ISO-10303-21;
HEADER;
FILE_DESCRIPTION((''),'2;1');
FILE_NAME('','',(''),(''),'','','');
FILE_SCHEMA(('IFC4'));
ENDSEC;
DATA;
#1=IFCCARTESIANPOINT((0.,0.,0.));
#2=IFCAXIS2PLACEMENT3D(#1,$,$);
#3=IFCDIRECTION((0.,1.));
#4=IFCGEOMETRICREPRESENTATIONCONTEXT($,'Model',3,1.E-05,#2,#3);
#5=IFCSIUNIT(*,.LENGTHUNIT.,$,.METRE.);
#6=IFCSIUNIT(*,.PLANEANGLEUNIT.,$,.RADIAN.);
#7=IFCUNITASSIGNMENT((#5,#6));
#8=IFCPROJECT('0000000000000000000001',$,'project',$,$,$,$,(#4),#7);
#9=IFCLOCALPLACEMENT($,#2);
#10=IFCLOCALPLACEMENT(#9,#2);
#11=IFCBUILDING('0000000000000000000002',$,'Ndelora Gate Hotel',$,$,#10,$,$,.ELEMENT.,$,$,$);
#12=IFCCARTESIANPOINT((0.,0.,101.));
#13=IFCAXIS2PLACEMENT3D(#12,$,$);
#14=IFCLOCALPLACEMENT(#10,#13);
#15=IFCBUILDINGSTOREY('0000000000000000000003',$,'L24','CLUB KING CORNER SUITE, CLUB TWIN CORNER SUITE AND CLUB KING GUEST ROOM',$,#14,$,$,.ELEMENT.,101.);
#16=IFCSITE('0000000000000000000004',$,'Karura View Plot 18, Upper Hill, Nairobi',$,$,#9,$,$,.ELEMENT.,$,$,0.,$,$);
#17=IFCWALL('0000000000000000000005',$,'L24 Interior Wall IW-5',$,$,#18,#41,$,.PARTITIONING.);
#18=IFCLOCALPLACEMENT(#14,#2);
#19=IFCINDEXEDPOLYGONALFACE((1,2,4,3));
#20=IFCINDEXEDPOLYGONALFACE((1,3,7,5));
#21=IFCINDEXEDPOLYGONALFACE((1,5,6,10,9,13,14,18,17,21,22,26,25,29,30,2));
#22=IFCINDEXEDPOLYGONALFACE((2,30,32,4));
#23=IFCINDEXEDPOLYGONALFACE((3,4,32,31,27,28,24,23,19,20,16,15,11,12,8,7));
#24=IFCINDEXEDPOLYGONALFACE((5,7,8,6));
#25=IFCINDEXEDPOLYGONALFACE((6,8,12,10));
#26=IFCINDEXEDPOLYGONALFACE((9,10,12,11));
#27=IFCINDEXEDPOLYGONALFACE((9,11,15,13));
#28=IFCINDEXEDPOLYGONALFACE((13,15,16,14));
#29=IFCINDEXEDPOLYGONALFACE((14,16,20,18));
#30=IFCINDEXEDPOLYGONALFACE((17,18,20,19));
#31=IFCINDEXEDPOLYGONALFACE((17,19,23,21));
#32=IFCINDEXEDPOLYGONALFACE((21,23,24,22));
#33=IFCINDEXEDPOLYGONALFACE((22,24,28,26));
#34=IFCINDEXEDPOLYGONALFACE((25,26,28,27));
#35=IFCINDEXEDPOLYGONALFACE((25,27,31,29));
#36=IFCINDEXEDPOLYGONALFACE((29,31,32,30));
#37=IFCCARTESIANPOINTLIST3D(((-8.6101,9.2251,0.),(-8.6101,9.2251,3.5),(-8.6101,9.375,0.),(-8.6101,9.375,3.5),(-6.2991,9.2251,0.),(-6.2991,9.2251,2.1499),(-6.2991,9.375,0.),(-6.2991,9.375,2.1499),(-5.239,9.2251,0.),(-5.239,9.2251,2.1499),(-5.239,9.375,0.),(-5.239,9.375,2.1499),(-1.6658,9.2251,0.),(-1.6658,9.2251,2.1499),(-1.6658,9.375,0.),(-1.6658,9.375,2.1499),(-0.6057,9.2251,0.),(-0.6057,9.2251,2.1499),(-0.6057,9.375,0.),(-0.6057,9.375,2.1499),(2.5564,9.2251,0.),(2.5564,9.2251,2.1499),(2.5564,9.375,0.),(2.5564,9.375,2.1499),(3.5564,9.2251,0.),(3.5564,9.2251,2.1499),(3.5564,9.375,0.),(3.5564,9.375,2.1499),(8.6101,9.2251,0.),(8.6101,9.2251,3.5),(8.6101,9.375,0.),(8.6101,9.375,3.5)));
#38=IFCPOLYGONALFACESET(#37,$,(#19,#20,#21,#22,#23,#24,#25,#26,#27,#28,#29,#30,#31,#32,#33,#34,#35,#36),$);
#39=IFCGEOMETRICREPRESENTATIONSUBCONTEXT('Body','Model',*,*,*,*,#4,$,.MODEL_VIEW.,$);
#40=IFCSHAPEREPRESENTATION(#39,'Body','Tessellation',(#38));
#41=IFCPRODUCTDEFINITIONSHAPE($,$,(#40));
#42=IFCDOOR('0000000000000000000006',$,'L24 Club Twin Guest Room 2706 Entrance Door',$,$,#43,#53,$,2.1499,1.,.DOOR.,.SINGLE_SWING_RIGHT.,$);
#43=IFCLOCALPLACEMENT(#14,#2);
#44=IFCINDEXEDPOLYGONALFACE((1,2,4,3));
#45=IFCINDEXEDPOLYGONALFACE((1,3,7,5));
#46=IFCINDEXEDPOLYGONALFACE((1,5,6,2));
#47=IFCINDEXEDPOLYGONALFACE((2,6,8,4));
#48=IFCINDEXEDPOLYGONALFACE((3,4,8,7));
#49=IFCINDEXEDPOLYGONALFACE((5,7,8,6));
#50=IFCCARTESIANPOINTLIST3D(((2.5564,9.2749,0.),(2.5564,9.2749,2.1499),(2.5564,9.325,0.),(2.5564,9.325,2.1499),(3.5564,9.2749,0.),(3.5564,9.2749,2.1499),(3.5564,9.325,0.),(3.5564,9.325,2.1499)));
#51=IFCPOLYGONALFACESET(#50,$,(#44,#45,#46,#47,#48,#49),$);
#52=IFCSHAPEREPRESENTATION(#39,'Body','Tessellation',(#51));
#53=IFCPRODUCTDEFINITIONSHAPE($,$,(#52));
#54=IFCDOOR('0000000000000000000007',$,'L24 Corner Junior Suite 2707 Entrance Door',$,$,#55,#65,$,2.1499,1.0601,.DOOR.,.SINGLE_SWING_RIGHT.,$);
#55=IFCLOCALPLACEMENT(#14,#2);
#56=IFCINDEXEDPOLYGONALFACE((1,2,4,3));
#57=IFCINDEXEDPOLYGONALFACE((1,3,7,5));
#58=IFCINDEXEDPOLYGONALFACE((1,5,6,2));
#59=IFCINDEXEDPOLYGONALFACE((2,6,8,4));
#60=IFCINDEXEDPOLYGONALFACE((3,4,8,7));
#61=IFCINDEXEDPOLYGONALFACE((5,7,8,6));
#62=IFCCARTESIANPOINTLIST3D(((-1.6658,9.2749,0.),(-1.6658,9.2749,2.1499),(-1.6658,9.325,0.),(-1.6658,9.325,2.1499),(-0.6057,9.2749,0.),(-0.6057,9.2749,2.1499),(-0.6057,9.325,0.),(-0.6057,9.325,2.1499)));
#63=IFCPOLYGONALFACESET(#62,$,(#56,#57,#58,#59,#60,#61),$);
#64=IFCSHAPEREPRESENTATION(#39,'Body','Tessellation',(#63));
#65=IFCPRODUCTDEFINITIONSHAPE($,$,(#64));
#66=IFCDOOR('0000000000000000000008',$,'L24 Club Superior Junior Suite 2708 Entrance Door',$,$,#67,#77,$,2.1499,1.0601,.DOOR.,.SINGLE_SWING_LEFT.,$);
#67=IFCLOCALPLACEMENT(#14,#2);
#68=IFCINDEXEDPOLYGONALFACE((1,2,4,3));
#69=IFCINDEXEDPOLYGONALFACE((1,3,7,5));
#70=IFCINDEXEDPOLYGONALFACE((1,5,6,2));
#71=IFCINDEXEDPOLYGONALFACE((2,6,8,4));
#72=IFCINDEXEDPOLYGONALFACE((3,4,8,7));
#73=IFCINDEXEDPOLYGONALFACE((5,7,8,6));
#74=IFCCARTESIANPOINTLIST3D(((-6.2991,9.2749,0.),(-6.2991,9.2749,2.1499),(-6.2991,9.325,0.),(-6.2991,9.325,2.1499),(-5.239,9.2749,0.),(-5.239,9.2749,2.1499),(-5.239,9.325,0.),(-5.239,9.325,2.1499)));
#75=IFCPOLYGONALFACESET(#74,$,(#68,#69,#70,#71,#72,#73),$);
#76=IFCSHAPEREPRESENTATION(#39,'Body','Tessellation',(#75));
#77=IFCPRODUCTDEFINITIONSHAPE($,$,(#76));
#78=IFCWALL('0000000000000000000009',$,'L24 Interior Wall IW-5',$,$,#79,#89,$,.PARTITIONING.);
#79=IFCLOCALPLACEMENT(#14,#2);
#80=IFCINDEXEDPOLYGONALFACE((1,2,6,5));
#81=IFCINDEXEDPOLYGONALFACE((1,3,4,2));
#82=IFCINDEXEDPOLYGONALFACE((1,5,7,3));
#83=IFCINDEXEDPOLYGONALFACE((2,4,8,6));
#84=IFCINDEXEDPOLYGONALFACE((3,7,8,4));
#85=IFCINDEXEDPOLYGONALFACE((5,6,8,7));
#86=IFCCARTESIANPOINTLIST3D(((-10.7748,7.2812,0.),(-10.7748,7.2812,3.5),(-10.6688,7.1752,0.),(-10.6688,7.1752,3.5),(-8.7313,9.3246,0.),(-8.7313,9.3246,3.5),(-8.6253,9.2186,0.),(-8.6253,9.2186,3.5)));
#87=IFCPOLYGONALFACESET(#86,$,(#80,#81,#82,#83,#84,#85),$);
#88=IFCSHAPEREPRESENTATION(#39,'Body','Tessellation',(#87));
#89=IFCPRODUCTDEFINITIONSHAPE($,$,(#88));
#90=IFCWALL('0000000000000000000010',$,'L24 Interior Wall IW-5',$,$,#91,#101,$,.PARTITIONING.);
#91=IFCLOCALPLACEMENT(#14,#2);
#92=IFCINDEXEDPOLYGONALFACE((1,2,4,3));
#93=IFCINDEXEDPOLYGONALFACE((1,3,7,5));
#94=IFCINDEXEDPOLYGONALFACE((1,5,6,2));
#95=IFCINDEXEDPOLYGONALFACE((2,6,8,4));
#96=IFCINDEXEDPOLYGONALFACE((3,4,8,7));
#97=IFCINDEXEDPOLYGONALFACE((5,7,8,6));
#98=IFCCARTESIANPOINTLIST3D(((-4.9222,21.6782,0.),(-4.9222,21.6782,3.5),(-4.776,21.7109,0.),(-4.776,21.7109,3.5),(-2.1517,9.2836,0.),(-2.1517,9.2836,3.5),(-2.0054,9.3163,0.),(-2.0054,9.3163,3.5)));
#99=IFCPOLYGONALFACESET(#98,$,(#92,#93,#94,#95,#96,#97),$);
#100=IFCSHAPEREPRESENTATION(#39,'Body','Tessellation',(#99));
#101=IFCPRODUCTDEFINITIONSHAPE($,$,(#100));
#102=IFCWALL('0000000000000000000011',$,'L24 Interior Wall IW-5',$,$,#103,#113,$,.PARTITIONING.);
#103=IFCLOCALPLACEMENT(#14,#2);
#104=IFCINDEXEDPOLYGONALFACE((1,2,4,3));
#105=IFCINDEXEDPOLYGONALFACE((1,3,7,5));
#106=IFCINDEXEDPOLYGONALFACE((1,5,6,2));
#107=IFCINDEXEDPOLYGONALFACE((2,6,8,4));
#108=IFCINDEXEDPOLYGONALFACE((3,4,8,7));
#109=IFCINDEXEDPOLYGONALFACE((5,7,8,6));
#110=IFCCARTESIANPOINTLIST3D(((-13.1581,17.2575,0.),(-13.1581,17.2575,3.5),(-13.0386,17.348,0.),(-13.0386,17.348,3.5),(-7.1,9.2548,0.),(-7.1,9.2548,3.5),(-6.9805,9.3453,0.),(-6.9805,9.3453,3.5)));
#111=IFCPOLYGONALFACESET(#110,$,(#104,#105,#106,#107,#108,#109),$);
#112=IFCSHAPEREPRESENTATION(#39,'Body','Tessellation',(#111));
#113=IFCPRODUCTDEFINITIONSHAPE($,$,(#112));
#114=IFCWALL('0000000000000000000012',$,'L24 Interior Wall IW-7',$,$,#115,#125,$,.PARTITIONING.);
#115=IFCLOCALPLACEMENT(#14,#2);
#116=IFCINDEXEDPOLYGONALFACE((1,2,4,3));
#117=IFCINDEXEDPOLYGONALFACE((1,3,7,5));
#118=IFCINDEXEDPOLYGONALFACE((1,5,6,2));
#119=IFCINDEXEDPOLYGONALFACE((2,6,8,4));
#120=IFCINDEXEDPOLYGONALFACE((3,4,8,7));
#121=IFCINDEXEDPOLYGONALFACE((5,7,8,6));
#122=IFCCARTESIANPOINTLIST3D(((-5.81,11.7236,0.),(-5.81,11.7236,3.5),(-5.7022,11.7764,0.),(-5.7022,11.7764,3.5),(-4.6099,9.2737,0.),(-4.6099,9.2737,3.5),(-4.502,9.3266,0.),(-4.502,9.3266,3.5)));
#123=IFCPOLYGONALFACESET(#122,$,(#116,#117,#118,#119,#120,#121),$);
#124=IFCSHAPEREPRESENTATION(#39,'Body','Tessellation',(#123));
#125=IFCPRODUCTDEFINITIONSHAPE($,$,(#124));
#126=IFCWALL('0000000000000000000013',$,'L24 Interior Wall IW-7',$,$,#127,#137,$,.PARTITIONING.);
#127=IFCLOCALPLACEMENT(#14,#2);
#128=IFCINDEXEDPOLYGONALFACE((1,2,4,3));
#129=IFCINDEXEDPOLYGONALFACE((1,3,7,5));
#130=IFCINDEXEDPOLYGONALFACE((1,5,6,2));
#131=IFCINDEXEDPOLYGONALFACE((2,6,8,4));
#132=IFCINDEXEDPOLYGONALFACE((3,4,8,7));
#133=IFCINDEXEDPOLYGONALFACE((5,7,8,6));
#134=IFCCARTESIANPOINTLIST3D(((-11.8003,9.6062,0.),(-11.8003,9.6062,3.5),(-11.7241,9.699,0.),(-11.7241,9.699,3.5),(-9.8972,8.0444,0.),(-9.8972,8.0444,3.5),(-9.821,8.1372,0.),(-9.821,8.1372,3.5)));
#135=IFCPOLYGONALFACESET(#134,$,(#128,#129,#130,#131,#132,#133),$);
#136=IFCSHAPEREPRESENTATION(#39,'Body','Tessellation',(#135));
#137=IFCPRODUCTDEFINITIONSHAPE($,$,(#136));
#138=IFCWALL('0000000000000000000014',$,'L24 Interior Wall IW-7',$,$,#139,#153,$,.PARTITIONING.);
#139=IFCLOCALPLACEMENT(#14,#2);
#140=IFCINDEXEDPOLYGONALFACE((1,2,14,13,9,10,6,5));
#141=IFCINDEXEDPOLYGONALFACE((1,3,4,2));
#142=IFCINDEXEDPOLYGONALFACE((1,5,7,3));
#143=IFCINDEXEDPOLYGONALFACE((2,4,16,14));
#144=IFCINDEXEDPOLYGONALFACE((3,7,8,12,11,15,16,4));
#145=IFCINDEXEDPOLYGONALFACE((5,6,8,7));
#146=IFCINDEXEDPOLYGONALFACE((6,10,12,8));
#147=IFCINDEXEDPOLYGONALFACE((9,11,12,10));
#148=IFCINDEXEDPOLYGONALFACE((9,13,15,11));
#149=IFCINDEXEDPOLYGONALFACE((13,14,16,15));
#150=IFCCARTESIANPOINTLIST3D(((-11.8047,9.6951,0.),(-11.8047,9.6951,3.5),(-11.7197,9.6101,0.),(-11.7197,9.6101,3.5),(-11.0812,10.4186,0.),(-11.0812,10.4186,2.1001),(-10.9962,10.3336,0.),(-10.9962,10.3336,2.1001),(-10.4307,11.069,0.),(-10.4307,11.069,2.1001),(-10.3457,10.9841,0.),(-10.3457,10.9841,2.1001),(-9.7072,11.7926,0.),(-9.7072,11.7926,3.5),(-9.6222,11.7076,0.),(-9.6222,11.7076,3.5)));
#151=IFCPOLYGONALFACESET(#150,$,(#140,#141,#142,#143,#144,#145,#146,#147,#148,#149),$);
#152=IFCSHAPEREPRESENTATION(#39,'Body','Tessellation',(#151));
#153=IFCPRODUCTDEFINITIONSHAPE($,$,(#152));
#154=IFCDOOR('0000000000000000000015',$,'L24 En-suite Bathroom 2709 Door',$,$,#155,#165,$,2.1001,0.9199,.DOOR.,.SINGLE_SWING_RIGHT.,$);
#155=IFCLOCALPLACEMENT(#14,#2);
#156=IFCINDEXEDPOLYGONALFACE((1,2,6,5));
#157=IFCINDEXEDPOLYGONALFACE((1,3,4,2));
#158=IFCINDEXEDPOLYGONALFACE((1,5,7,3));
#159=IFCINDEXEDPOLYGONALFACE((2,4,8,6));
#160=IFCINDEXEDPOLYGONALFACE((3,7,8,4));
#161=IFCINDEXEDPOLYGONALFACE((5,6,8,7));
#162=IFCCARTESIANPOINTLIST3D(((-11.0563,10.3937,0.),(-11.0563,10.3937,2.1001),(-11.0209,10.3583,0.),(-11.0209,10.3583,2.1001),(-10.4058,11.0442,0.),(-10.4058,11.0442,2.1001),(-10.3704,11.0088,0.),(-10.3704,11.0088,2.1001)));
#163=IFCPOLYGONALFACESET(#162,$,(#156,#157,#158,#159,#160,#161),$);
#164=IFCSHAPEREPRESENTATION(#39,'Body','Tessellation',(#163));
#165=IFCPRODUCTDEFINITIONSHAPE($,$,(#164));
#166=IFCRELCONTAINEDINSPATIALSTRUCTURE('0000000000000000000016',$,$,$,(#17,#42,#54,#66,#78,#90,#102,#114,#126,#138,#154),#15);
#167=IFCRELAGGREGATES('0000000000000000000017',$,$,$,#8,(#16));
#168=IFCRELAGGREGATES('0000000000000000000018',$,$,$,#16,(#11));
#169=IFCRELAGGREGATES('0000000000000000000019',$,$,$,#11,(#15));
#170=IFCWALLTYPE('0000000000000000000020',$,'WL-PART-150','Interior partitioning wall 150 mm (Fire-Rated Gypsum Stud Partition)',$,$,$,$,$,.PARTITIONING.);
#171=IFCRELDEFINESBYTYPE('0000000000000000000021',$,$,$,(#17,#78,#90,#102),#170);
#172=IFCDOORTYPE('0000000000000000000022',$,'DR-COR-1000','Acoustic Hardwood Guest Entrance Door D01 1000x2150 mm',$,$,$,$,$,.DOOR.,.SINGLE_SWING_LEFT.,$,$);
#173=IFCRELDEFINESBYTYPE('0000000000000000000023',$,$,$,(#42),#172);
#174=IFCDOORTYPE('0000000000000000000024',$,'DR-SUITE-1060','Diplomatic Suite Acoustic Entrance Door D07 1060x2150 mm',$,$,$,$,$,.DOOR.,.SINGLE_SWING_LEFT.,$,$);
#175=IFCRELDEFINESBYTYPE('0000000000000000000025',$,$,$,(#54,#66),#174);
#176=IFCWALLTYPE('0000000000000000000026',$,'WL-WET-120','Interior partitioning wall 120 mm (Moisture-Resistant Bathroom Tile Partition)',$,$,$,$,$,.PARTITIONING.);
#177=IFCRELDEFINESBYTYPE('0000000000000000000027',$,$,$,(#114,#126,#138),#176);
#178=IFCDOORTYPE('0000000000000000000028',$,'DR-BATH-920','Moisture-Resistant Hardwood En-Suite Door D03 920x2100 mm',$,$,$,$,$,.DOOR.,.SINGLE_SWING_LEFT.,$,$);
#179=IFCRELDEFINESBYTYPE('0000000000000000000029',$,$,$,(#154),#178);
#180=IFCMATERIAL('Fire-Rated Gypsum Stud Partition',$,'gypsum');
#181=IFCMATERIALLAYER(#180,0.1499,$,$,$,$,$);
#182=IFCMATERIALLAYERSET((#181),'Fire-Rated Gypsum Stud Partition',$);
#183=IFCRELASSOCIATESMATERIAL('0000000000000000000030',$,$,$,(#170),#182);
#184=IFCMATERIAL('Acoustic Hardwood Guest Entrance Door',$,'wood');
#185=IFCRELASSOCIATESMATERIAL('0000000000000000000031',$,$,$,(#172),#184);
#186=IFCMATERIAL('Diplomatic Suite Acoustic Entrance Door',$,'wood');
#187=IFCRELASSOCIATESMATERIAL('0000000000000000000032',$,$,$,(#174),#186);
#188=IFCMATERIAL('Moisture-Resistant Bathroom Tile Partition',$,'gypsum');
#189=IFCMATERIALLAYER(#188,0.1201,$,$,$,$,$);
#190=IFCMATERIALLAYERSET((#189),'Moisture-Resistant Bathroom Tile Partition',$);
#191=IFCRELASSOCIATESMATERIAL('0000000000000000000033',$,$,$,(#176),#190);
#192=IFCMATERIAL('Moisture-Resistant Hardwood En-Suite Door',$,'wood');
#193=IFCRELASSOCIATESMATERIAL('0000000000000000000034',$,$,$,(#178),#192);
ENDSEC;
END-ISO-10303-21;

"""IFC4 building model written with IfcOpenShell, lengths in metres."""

from ifc_helpers import new_model, si_unit, direction, frame, frame_2d, origin, place, context, subcontext, project, spatial, rectangle, extrude, material, layer, layer_set, type_object, element, fill, save


model = new_model("IFC4")

# Units and contexts
model_context = context("Model", 3, precision=1e-05, world=origin(), true_north=direction((0.0, 1.0)))
body_context = subcontext(model_context, "Body", "Model", "MODEL_VIEW")
ifc_project = project(units=[si_unit("LENGTHUNIT", "METRE"), si_unit("PLANEANGLEUNIT", "RADIAN")], contexts=[model_context])

# Site, building, storey
site_placement = place(None, origin())
site = spatial("IfcSite", under=ifc_project, at=site_placement, Name="Karura View Plot 18, Upper Hill, Nairobi", CompositionType="ELEMENT", RefElevation=0.0)
building_placement = place(site_placement, origin())
building = spatial("IfcBuilding", under=site, at=building_placement, Name="Ndelora Gate Hotel", CompositionType="ELEMENT")
storey_placement = place(building_placement, frame((0.0, 0.0, 101.0)))
storey = spatial("IfcBuildingStorey", under=building, at=storey_placement, Name="L24", Description="CLUB KING CORNER SUITE, CLUB TWIN CORNER SUITE AND CLUB KING GUEST ROOM", CompositionType="ELEMENT", Elevation=101.0)

# Wall, openings, doors
ifc_material_1 = material(Name="Fire-Rated Gypsum Stud Partition", Category="gypsum")
ifc_layer_1 = layer(ifc_material_1, 0.1499)
ifc_layer_set_1 = layer_set([ifc_layer_1], Name="Fire-Rated Gypsum Stud Partition")
wall_type_1 = type_object("IfcWallType", Name="WL-PART-150", Description="Interior partitioning wall 150 mm (Fire-Rated Gypsum Stud Partition)", PredefinedType="PARTITIONING", material=ifc_layer_set_1)
wall_1_placement = place(storey_placement, frame((-8.6101, 9.3, 0.0), z_axis=(0.0, 0.0, 1.0), x_axis=(1.0, 0.0, 0.0)))
wall_1 = element("IfcWall", 1, at=wall_1_placement, inside=storey, type_object=wall_type_1, Name="L24 Interior Wall IW-5", PredefinedType="PARTITIONING", context=body_context, shape_type="SweptSolid", body=[
    extrude(rectangle(XDim=17.2202, YDim=0.1499, at=frame_2d((8.6101, 0.0))), origin(), (0.0, 0.0, 1.0), 3.5),
])
opening_1_placement = place(wall_1_placement, frame((11.1665, 0.0, 0.0)))
opening_1 = element("IfcOpeningElement", 2, at=opening_1_placement, cuts=wall_1, PredefinedType="OPENING", context=body_context, shape_type="SweptSolid", body=[
    extrude(rectangle(XDim=1.0, YDim=2.1499, at=frame_2d((0.5, 1.075))), frame((0.0, 0.085, 0.0), z_axis=(0.0, -1.0, 0.0), x_axis=(1.0, 0.0, 0.0)), (0.0, 0.0, 1.0), 0.1699),
])
opening_2_placement = place(wall_1_placement, frame((6.9443, 0.0, 0.0)))
opening_2 = element("IfcOpeningElement", 3, at=opening_2_placement, cuts=wall_1, PredefinedType="OPENING", context=body_context, shape_type="SweptSolid", body=[
    extrude(rectangle(XDim=1.0601, YDim=2.1499, at=frame_2d((0.53, 1.075))), frame((0.0, 0.085, 0.0), z_axis=(0.0, -1.0, 0.0), x_axis=(1.0, 0.0, 0.0)), (0.0, 0.0, 1.0), 0.1699),
])
opening_3_placement = place(wall_1_placement, frame((2.311, 0.0, 0.0)))
opening_3 = element("IfcOpeningElement", 4, at=opening_3_placement, cuts=wall_1, PredefinedType="OPENING", context=body_context, shape_type="SweptSolid", body=[
    extrude(rectangle(XDim=1.0601, YDim=2.1499, at=frame_2d((0.53, 1.075))), frame((0.0, 0.085, 0.0), z_axis=(0.0, -1.0, 0.0), x_axis=(1.0, 0.0, 0.0)), (0.0, 0.0, 1.0), 0.1699),
])
ifc_material_2 = material(Name="Acoustic Hardwood Guest Entrance Door", Category="wood")
door_type_1 = type_object("IfcDoorType", Name="DR-COR-1000", Description="Acoustic Hardwood Guest Entrance Door D01 1000x2150 mm", OperationType="SINGLE_SWING_LEFT", PredefinedType="DOOR", material=ifc_material_2)
door_1_placement = place(opening_1_placement, origin())
door_1 = element("IfcDoor", 5, at=door_1_placement, inside=storey, type_object=door_type_1, Name="L24 Club Twin Guest Room 2706 Entrance Door", OperationType="SINGLE_SWING_RIGHT", OverallHeight=2.1499, OverallWidth=1.0, PredefinedType="DOOR", context=body_context, shape_type="SweptSolid", body=[
    extrude(rectangle(XDim=1.0, YDim=2.1499, at=frame_2d((0.5, 1.075))), frame((0.0, 0.0249, 0.0), z_axis=(0.0, -1.0, 0.0), x_axis=(1.0, 0.0, 0.0)), (0.0, 0.0, 1.0), 0.05),
])
fill(opening_1, door_1)
ifc_material_3 = material(Name="Diplomatic Suite Acoustic Entrance Door", Category="wood")
door_type_2 = type_object("IfcDoorType", Name="DR-SUITE-1060", Description="Diplomatic Suite Acoustic Entrance Door D07 1060x2150 mm", OperationType="SINGLE_SWING_LEFT", PredefinedType="DOOR", material=ifc_material_3)
door_2_placement = place(opening_2_placement, origin())
door_2 = element("IfcDoor", 6, at=door_2_placement, inside=storey, type_object=door_type_2, Name="L24 Corner Junior Suite 2707 Entrance Door", OperationType="SINGLE_SWING_RIGHT", OverallHeight=2.1499, OverallWidth=1.0601, PredefinedType="DOOR", context=body_context, shape_type="SweptSolid", body=[
    extrude(rectangle(XDim=1.0601, YDim=2.1499, at=frame_2d((0.53, 1.075))), frame((0.0, 0.0249, 0.0), z_axis=(0.0, -1.0, 0.0), x_axis=(1.0, 0.0, 0.0)), (0.0, 0.0, 1.0), 0.05),
])
fill(opening_2, door_2)
door_3_placement = place(opening_3_placement, origin())
door_3 = element("IfcDoor", 7, at=door_3_placement, inside=storey, type_object=door_type_2, Name="L24 Club Superior Junior Suite 2708 Entrance Door", OperationType="SINGLE_SWING_LEFT", OverallHeight=2.1499, OverallWidth=1.0601, PredefinedType="DOOR", context=body_context, shape_type="SweptSolid", body=[
    extrude(rectangle(XDim=1.0601, YDim=2.1499, at=frame_2d((0.53, 1.075))), frame((0.0, 0.0249, 0.0), z_axis=(0.0, -1.0, 0.0), x_axis=(1.0, 0.0, 0.0)), (0.0, 0.0, 1.0), 0.05),
])
fill(opening_3, door_3)

# Walls
wall_2_placement = place(storey_placement, frame((-10.7217, 7.2283, 0.0), z_axis=(0.0, 0.0, 1.0), x_axis=(0.707107, 0.707107, 0.0)))
element("IfcWall", 8, at=wall_2_placement, inside=storey, type_object=wall_type_1, Name="L24 Interior Wall IW-5", PredefinedType="PARTITIONING", context=body_context, shape_type="SweptSolid", body=[
    extrude(rectangle(XDim=2.8899, YDim=0.1499, at=frame_2d((1.4448, 0.0))), origin(), (0.0, 0.0, 1.0), 3.5),
])
wall_3_placement = place(storey_placement, frame((-2.0786, 9.3, 0.0), z_axis=(0.0, 0.0, 1.0), x_axis=(-0.218143, 0.975917, 0.0)))
element("IfcWall", 9, at=wall_3_placement, inside=storey, type_object=wall_type_1, Name="L24 Interior Wall IW-5", PredefinedType="PARTITIONING", context=body_context, shape_type="SweptSolid", body=[
    extrude(rectangle(XDim=12.7004, YDim=0.1499, at=frame_2d((6.3501, 0.0))), origin(), (0.0, 0.0, 1.0), 3.5),
])
wall_4_placement = place(storey_placement, frame((-7.0403, 9.3, 0.0), z_axis=(0.0, 0.0, 1.0), x_axis=(-0.603571, 0.79731, 0.0)))
element("IfcWall", 10, at=wall_4_placement, inside=storey, type_object=wall_type_1, Name="L24 Interior Wall IW-5", PredefinedType="PARTITIONING", context=body_context, shape_type="SweptSolid", body=[
    extrude(rectangle(XDim=10.0371, YDim=0.1499, at=frame_2d((5.0186, 0.0))), origin(), (0.0, 0.0, 1.0), 3.5),
])
ifc_material_4 = material(Name="Moisture-Resistant Bathroom Tile Partition", Category="gypsum")
ifc_layer_2 = layer(ifc_material_4, 0.1201)
ifc_layer_set_2 = layer_set([ifc_layer_2], Name="Moisture-Resistant Bathroom Tile Partition")
wall_type_2 = type_object("IfcWallType", Name="WL-WET-120", Description="Interior partitioning wall 120 mm (Moisture-Resistant Bathroom Tile Partition)", PredefinedType="PARTITIONING", material=ifc_layer_set_2)
wall_5_placement = place(storey_placement, frame((-5.7561, 11.75, 0.0), z_axis=(0.0, 0.0, 1.0), x_axis=(0.439932, -0.898031, 0.0)))
element("IfcWall", 11, at=wall_5_placement, inside=storey, type_object=wall_type_2, Name="L24 Interior Wall IW-7", PredefinedType="PARTITIONING", context=body_context, shape_type="SweptSolid", body=[
    extrude(rectangle(XDim=2.728, YDim=0.1201, at=frame_2d((1.364, 0.0))), origin(), (0.0, 0.0, 1.0), 3.5),
])
wall_6_placement = place(storey_placement, frame((-11.7622, 9.6526, 0.0), z_axis=(0.0, 0.0, 1.0), x_axis=(0.77302, -0.634382, 0.0)))
element("IfcWall", 12, at=wall_6_placement, inside=storey, type_object=wall_type_2, Name="L24 Interior Wall IW-7", PredefinedType="PARTITIONING", context=body_context, shape_type="SweptSolid", body=[
    extrude(rectangle(XDim=2.4619, YDim=0.1201, at=frame_2d((1.231, 0.0))), origin(), (0.0, 0.0, 1.0), 3.5),
])

# Wall, opening, door
wall_7_placement = place(storey_placement, frame((-11.7622, 9.6526, 0.0), z_axis=(0.0, 0.0, 1.0), x_axis=(0.707107, 0.707107, 0.0)))
wall_7 = element("IfcWall", 13, at=wall_7_placement, inside=storey, type_object=wall_type_2, Name="L24 Interior Wall IW-7", PredefinedType="PARTITIONING", context=body_context, shape_type="SweptSolid", body=[
    extrude(rectangle(XDim=2.9663, YDim=0.1201, at=frame_2d((1.4832, 0.0))), origin(), (0.0, 0.0, 1.0), 3.5),
])
opening_4_placement = place(wall_7_placement, frame((1.0232, 0.0, 0.0)))
opening_4 = element("IfcOpeningElement", 14, at=opening_4_placement, cuts=wall_7, PredefinedType="OPENING", context=body_context, shape_type="SweptSolid", body=[
    extrude(rectangle(XDim=0.9199, YDim=2.1001, at=frame_2d((0.46, 1.05))), frame((0.0, 0.0701, 0.0), z_axis=(0.0, -1.0, 0.0), x_axis=(1.0, 0.0, 0.0)), (0.0, 0.0, 1.0), 0.1401),
])
ifc_material_5 = material(Name="Moisture-Resistant Hardwood En-Suite Door", Category="wood")
door_type_3 = type_object("IfcDoorType", Name="DR-BATH-920", Description="Moisture-Resistant Hardwood En-Suite Door D03 920x2100 mm", OperationType="SINGLE_SWING_LEFT", PredefinedType="DOOR", material=ifc_material_5)
door_4_placement = place(opening_4_placement, origin())
door_4 = element("IfcDoor", 15, at=door_4_placement, inside=storey, type_object=door_type_3, Name="L24 En-suite Bathroom 2709 Door", OperationType="SINGLE_SWING_RIGHT", OverallHeight=2.1001, OverallWidth=0.9199, PredefinedType="DOOR", context=body_context, shape_type="SweptSolid", body=[
    extrude(rectangle(XDim=0.9199, YDim=2.1001, at=frame_2d((0.46, 1.05))), frame((0.0, 0.0249, 0.0), z_axis=(0.0, -1.0, 0.0), x_axis=(1.0, 0.0, 0.0)), (0.0, 0.0, 1.0), 0.05),
])
fill(opening_4, door_4)

save(model, "model.ifc")
